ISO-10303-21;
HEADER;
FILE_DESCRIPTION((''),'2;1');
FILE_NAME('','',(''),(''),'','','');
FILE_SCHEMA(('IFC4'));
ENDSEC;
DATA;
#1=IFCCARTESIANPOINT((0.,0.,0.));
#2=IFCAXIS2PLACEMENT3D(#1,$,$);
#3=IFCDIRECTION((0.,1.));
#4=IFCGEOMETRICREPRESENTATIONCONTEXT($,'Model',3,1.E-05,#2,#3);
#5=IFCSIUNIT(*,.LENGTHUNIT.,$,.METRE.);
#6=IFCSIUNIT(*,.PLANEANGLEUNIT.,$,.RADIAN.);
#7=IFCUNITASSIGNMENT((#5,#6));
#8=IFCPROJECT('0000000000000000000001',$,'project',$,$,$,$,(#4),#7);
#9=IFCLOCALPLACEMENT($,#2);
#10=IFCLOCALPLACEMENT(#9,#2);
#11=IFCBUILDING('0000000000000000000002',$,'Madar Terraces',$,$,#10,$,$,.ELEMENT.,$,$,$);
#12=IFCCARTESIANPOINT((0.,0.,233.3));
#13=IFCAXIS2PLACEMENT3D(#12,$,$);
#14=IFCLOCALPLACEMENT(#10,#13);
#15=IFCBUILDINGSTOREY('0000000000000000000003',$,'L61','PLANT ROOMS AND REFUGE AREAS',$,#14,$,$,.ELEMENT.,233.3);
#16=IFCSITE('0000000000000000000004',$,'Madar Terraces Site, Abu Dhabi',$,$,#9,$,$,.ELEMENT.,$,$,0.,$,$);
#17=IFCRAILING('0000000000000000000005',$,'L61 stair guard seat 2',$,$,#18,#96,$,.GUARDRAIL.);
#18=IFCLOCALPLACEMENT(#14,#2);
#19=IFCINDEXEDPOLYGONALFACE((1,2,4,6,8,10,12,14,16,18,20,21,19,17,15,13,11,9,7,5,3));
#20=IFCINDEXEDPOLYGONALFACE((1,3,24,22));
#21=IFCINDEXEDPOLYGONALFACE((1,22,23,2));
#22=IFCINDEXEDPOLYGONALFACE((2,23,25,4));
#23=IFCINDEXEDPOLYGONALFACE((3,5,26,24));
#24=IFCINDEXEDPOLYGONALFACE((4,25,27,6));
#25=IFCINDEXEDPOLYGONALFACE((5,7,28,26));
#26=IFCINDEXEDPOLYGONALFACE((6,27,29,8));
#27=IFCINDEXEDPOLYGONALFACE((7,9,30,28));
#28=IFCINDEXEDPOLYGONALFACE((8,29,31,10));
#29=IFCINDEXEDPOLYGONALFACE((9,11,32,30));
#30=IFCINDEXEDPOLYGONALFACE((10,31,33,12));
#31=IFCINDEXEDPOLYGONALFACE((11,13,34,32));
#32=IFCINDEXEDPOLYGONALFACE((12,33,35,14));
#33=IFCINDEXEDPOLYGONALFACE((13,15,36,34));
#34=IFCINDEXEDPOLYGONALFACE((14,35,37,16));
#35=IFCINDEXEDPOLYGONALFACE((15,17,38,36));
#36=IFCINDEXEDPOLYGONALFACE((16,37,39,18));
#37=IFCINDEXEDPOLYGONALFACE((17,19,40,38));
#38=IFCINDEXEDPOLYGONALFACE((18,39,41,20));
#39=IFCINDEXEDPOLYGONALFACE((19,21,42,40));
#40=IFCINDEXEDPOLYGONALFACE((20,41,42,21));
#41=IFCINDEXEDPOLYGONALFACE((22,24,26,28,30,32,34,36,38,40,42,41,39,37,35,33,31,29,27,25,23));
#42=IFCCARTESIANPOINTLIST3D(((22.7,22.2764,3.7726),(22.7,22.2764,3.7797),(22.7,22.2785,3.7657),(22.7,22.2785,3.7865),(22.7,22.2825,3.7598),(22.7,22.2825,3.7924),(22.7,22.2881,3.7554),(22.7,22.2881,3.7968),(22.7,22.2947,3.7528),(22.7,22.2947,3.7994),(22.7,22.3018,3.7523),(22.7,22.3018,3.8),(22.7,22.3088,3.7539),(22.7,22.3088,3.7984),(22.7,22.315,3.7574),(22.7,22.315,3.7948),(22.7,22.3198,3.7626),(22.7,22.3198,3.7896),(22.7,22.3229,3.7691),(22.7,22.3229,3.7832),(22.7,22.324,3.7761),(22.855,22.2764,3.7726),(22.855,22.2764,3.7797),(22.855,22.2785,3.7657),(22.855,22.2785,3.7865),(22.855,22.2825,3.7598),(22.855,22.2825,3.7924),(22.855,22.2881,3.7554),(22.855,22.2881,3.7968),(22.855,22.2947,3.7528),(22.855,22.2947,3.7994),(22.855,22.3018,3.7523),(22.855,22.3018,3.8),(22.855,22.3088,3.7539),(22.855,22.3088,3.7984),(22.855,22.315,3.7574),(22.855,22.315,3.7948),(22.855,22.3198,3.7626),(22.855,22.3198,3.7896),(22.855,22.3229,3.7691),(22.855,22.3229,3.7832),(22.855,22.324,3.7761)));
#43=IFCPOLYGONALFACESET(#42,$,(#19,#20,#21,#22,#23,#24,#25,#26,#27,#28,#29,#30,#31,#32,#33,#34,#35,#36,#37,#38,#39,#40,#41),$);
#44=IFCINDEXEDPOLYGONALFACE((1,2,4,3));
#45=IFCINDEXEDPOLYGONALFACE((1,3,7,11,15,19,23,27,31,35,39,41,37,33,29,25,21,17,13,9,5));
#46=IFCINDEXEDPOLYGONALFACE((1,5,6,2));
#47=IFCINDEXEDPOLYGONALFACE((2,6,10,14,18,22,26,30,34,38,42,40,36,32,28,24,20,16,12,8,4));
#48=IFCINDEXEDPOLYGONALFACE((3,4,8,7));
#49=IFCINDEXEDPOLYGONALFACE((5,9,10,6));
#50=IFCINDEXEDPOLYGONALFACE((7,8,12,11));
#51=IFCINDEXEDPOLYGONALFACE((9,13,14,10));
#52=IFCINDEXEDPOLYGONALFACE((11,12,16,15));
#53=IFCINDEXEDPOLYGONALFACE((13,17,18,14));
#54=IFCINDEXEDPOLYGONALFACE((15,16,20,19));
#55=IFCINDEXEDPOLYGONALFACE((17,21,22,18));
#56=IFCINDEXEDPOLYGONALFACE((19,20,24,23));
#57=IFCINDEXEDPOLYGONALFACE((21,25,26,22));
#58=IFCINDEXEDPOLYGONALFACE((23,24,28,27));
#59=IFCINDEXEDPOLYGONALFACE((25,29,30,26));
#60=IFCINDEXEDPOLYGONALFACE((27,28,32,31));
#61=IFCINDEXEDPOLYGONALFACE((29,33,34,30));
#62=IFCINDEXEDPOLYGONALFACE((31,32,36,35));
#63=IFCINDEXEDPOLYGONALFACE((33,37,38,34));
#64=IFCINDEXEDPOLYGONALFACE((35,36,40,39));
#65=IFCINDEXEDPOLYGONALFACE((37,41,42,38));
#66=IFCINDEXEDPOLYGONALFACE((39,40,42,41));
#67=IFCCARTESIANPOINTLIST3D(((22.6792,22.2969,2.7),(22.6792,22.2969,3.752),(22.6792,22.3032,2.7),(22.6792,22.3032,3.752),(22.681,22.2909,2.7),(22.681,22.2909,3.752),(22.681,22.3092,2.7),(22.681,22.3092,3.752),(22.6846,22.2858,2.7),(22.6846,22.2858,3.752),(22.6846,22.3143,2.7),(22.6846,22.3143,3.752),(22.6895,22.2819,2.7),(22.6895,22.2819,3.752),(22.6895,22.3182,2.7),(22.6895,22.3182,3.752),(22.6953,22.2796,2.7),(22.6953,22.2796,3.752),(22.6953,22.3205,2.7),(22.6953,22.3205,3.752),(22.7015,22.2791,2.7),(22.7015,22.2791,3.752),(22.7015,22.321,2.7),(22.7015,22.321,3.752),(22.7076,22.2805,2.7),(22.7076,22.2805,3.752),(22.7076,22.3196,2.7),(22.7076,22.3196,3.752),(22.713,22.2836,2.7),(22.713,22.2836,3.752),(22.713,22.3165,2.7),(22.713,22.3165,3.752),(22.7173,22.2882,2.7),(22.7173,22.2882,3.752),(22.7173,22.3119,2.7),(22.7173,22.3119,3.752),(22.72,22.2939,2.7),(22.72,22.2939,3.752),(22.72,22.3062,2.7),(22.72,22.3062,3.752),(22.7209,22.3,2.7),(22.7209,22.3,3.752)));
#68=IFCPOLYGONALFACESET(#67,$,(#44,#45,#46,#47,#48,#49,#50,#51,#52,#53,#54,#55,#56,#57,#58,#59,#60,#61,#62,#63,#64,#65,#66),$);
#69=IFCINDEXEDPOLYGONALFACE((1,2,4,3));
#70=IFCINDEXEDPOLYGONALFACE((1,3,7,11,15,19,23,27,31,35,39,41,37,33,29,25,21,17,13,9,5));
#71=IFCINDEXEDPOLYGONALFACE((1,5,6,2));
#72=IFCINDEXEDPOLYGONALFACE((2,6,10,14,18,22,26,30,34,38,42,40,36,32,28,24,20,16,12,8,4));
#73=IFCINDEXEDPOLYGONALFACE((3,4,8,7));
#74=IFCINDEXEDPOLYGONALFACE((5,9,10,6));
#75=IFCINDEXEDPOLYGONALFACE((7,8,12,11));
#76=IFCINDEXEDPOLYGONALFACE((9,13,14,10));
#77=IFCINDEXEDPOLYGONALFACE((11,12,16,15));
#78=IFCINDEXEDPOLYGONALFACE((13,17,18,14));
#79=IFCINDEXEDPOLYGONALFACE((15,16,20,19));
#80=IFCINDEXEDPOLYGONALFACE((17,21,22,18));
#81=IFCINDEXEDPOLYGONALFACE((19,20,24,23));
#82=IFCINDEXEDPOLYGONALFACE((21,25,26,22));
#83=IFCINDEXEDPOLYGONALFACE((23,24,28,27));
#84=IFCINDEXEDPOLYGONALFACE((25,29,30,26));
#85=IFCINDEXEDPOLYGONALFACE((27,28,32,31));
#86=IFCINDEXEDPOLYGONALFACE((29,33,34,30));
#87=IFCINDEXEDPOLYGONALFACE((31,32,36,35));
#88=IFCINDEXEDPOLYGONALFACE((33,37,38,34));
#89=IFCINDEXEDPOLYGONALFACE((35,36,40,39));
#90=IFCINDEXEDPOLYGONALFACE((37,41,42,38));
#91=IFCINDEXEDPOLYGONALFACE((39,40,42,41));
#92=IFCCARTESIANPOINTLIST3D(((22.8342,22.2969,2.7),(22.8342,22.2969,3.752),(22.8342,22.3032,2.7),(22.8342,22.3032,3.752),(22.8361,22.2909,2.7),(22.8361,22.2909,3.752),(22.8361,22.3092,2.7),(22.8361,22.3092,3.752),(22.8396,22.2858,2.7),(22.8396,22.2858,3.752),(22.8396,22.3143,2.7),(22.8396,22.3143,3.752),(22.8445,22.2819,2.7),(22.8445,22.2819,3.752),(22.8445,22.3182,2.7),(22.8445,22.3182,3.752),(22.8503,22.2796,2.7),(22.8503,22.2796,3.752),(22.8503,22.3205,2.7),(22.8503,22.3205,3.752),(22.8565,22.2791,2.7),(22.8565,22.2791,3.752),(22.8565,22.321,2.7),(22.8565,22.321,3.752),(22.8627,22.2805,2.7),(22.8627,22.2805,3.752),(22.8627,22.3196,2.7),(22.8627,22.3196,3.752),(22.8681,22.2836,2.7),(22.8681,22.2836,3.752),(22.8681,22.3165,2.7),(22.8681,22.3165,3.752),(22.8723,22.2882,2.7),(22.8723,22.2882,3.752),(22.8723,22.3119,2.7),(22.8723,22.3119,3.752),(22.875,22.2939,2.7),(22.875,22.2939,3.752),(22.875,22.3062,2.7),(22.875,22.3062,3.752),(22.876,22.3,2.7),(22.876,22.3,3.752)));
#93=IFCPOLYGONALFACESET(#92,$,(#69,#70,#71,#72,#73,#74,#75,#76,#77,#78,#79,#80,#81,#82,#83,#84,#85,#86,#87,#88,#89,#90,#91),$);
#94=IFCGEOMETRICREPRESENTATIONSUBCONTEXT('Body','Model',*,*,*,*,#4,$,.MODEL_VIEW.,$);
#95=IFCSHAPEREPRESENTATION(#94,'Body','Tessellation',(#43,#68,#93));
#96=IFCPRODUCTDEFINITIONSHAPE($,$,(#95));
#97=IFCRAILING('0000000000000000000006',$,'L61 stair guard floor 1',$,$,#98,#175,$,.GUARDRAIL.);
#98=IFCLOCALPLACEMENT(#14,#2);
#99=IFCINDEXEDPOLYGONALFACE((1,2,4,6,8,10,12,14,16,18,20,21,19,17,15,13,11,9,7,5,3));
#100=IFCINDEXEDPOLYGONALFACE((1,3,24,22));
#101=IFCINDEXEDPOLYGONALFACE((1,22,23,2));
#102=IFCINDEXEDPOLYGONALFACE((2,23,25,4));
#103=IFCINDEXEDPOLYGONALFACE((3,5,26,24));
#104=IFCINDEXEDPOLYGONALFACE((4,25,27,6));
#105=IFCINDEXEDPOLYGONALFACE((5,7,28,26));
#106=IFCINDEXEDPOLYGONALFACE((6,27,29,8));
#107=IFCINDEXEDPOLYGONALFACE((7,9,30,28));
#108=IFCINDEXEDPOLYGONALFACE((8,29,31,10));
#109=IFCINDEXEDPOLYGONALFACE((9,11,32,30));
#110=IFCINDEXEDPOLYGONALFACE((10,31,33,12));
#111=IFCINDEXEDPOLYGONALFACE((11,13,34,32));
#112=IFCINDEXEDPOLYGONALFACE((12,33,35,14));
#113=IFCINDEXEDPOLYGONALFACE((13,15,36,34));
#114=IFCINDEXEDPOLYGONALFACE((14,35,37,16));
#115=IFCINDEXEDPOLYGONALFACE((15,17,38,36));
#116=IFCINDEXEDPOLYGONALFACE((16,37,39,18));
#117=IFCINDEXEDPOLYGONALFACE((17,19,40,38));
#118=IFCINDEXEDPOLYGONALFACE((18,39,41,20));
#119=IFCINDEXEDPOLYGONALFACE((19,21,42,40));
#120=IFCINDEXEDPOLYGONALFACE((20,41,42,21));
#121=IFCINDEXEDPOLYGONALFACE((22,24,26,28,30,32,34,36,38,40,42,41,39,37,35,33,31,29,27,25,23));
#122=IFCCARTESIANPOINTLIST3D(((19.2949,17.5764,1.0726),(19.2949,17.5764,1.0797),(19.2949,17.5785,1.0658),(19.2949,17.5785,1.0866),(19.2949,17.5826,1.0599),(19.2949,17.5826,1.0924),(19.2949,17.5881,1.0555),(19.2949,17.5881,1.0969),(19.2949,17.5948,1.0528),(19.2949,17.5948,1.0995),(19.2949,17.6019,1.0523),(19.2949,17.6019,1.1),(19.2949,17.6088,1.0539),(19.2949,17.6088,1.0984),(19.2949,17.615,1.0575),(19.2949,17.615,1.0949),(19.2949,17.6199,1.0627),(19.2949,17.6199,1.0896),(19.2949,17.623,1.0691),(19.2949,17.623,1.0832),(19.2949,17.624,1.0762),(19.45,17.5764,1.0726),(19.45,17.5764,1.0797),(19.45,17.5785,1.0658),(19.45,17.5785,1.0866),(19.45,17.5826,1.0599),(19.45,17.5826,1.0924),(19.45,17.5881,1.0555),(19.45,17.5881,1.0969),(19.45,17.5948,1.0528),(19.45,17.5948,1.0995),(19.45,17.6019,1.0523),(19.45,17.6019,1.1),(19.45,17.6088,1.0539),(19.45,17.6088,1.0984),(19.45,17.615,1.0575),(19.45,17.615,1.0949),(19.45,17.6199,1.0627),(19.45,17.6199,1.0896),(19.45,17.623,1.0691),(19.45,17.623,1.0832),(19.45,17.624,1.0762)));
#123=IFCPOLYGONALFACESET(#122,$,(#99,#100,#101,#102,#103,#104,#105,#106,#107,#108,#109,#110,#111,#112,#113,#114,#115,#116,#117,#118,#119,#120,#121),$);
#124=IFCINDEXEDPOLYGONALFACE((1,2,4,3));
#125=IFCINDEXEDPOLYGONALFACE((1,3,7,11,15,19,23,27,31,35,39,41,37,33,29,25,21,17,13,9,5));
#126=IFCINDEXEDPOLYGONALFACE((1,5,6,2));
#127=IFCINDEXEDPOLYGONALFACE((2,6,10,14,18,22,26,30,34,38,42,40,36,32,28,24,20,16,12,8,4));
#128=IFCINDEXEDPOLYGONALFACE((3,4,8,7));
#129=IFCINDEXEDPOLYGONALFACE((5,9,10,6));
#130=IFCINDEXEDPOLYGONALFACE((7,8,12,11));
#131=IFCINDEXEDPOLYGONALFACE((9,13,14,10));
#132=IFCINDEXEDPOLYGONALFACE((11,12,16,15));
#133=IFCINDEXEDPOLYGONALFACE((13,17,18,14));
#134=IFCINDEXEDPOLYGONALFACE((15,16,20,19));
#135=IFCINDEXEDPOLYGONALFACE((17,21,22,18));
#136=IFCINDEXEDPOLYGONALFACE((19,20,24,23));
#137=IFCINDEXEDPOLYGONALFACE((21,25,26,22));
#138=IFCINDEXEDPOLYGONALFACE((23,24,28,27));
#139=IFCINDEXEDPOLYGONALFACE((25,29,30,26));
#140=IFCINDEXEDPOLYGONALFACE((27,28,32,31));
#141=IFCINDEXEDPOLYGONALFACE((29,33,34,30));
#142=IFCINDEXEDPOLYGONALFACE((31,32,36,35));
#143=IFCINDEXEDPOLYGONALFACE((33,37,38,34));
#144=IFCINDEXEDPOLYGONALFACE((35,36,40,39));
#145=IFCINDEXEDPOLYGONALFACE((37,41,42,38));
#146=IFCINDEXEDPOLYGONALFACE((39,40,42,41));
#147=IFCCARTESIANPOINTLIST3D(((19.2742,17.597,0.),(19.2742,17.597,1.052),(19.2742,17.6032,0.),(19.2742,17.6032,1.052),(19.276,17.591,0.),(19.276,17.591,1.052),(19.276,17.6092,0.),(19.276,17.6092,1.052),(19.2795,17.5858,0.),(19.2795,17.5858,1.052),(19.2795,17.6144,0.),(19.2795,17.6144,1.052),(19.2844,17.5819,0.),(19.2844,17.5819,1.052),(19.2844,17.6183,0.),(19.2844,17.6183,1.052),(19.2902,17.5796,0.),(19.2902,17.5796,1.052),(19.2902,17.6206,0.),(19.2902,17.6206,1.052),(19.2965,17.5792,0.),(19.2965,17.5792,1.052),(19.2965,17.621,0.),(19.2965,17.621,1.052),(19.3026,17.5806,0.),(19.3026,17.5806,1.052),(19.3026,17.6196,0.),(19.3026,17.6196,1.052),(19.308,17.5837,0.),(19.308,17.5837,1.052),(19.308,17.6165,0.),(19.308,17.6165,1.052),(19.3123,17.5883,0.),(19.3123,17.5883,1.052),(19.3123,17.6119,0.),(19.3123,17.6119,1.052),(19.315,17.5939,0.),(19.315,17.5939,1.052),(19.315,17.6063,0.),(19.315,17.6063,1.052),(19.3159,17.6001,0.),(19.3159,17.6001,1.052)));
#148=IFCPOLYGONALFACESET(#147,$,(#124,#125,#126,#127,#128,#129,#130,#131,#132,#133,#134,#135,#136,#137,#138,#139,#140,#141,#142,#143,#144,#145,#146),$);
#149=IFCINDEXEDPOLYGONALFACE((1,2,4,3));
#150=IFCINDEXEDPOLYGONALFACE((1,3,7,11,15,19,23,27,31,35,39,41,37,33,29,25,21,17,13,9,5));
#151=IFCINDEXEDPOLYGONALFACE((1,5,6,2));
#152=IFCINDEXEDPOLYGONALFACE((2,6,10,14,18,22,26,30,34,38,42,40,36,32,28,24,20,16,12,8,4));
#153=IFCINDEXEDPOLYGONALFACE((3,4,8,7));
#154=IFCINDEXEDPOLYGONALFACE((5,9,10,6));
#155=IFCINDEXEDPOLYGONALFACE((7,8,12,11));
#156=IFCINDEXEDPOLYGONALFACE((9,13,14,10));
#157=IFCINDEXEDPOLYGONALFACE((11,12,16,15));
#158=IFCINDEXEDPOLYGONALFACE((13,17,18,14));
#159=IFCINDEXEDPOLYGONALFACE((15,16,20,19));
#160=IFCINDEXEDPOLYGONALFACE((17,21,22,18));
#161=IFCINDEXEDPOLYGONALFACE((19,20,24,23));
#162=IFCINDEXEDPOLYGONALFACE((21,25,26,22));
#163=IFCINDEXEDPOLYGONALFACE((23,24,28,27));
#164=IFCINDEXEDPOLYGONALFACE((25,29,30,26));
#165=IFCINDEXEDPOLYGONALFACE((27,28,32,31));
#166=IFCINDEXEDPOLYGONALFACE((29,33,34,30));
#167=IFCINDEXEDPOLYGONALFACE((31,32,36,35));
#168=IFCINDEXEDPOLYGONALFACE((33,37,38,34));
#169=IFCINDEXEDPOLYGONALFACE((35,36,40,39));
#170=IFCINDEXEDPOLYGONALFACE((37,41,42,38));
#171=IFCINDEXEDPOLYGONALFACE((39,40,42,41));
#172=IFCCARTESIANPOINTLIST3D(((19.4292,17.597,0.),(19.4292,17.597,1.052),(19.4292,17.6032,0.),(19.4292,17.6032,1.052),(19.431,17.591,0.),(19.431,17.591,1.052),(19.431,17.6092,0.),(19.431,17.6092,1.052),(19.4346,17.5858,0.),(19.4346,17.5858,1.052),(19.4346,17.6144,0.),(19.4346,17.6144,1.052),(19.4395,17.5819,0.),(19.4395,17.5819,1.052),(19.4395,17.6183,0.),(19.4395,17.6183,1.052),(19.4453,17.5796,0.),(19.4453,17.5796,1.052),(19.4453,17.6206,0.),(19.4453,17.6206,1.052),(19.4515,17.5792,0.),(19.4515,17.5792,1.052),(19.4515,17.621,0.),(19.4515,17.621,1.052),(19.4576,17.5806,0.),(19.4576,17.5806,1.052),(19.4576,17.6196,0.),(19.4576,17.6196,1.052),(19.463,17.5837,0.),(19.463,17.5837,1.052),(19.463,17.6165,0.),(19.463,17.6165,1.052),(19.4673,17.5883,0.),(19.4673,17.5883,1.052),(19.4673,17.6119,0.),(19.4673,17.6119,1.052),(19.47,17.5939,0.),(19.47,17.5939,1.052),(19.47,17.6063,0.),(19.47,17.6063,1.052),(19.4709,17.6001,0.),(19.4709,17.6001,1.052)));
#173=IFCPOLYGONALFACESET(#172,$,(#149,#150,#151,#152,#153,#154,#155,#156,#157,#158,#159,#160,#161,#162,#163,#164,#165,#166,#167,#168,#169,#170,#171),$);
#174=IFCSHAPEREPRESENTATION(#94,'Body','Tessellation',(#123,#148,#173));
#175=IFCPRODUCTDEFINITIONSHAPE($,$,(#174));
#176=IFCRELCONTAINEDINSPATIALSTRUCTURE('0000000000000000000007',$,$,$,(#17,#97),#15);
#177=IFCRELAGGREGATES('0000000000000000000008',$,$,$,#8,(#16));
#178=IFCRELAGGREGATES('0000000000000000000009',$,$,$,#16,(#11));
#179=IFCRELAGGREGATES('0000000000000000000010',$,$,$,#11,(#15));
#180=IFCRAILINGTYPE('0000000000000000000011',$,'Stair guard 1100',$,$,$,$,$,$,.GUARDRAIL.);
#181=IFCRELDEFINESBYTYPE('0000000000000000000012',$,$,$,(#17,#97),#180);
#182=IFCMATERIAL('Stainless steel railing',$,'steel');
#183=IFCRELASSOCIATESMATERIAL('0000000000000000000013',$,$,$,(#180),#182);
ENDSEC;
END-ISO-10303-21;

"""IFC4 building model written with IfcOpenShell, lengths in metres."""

from ifc_helpers import new_model, si_unit, direction, frame, origin, origin_2d, place, context, subcontext, project, spatial, circle, extrude, material, type_object, element, save


model = new_model("IFC4")

# Units and contexts
model_context = context("Model", 3, precision=1e-05, world=origin(), true_north=direction((0.0, 1.0)))
body_context = subcontext(model_context, "Body", "Model", "MODEL_VIEW")
ifc_project = project(units=[si_unit("LENGTHUNIT", "METRE"), si_unit("PLANEANGLEUNIT", "RADIAN")], contexts=[model_context])

# Site, building, storey
site_placement = place(None, origin())
site = spatial("IfcSite", under=ifc_project, at=site_placement, Name="Madar Terraces Site, Abu Dhabi", CompositionType="ELEMENT", RefElevation=0.0)
building_placement = place(site_placement, origin())
building = spatial("IfcBuilding", under=site, at=building_placement, Name="Madar Terraces", CompositionType="ELEMENT")
storey_placement = place(building_placement, frame((0.0, 0.0, 233.3)))
storey = spatial("IfcBuildingStorey", under=building, at=storey_placement, Name="L61", Description="PLANT ROOMS AND REFUGE AREAS", CompositionType="ELEMENT", Elevation=233.3)

# Railings
ifc_material_1 = material(Name="Stainless steel railing", Category="steel")
railing_type_1 = type_object("IfcRailingType", Name="Stair guard 1100", PredefinedType="GUARDRAIL", material=ifc_material_1)
for number, where, name in (
    (1, (22.7, 22.3, 2.7), "L61 stair guard seat 2"),
    (2, (19.2949, 17.6001, 0.0), "L61 stair guard floor 1"),
):
    element("IfcRailing", number, at=place(storey_placement, frame(where)), inside=storey, type_object=railing_type_1, Name=name, PredefinedType="GUARDRAIL", context=body_context, shape_type="SweptSolid", body=[
        extrude(circle(Radius=0.0239, at=origin_2d()), frame((0.0, 0.0, 1.0762), z_axis=(1.0, 0.0, 0.0), x_axis=(0.0, 1.0, 0.0)), (0.0, 0.0, 1.0), 0.155),
        extrude(circle(Radius=0.021, at=origin_2d()), origin(), (0.0, 0.0, 1.0), 1.052),
        extrude(circle(Radius=0.021, at=origin_2d()), frame((0.155, 0.0, 0.0)), (0.0, 0.0, 1.0), 1.052),
    ])

save(model, "model.ifc")
